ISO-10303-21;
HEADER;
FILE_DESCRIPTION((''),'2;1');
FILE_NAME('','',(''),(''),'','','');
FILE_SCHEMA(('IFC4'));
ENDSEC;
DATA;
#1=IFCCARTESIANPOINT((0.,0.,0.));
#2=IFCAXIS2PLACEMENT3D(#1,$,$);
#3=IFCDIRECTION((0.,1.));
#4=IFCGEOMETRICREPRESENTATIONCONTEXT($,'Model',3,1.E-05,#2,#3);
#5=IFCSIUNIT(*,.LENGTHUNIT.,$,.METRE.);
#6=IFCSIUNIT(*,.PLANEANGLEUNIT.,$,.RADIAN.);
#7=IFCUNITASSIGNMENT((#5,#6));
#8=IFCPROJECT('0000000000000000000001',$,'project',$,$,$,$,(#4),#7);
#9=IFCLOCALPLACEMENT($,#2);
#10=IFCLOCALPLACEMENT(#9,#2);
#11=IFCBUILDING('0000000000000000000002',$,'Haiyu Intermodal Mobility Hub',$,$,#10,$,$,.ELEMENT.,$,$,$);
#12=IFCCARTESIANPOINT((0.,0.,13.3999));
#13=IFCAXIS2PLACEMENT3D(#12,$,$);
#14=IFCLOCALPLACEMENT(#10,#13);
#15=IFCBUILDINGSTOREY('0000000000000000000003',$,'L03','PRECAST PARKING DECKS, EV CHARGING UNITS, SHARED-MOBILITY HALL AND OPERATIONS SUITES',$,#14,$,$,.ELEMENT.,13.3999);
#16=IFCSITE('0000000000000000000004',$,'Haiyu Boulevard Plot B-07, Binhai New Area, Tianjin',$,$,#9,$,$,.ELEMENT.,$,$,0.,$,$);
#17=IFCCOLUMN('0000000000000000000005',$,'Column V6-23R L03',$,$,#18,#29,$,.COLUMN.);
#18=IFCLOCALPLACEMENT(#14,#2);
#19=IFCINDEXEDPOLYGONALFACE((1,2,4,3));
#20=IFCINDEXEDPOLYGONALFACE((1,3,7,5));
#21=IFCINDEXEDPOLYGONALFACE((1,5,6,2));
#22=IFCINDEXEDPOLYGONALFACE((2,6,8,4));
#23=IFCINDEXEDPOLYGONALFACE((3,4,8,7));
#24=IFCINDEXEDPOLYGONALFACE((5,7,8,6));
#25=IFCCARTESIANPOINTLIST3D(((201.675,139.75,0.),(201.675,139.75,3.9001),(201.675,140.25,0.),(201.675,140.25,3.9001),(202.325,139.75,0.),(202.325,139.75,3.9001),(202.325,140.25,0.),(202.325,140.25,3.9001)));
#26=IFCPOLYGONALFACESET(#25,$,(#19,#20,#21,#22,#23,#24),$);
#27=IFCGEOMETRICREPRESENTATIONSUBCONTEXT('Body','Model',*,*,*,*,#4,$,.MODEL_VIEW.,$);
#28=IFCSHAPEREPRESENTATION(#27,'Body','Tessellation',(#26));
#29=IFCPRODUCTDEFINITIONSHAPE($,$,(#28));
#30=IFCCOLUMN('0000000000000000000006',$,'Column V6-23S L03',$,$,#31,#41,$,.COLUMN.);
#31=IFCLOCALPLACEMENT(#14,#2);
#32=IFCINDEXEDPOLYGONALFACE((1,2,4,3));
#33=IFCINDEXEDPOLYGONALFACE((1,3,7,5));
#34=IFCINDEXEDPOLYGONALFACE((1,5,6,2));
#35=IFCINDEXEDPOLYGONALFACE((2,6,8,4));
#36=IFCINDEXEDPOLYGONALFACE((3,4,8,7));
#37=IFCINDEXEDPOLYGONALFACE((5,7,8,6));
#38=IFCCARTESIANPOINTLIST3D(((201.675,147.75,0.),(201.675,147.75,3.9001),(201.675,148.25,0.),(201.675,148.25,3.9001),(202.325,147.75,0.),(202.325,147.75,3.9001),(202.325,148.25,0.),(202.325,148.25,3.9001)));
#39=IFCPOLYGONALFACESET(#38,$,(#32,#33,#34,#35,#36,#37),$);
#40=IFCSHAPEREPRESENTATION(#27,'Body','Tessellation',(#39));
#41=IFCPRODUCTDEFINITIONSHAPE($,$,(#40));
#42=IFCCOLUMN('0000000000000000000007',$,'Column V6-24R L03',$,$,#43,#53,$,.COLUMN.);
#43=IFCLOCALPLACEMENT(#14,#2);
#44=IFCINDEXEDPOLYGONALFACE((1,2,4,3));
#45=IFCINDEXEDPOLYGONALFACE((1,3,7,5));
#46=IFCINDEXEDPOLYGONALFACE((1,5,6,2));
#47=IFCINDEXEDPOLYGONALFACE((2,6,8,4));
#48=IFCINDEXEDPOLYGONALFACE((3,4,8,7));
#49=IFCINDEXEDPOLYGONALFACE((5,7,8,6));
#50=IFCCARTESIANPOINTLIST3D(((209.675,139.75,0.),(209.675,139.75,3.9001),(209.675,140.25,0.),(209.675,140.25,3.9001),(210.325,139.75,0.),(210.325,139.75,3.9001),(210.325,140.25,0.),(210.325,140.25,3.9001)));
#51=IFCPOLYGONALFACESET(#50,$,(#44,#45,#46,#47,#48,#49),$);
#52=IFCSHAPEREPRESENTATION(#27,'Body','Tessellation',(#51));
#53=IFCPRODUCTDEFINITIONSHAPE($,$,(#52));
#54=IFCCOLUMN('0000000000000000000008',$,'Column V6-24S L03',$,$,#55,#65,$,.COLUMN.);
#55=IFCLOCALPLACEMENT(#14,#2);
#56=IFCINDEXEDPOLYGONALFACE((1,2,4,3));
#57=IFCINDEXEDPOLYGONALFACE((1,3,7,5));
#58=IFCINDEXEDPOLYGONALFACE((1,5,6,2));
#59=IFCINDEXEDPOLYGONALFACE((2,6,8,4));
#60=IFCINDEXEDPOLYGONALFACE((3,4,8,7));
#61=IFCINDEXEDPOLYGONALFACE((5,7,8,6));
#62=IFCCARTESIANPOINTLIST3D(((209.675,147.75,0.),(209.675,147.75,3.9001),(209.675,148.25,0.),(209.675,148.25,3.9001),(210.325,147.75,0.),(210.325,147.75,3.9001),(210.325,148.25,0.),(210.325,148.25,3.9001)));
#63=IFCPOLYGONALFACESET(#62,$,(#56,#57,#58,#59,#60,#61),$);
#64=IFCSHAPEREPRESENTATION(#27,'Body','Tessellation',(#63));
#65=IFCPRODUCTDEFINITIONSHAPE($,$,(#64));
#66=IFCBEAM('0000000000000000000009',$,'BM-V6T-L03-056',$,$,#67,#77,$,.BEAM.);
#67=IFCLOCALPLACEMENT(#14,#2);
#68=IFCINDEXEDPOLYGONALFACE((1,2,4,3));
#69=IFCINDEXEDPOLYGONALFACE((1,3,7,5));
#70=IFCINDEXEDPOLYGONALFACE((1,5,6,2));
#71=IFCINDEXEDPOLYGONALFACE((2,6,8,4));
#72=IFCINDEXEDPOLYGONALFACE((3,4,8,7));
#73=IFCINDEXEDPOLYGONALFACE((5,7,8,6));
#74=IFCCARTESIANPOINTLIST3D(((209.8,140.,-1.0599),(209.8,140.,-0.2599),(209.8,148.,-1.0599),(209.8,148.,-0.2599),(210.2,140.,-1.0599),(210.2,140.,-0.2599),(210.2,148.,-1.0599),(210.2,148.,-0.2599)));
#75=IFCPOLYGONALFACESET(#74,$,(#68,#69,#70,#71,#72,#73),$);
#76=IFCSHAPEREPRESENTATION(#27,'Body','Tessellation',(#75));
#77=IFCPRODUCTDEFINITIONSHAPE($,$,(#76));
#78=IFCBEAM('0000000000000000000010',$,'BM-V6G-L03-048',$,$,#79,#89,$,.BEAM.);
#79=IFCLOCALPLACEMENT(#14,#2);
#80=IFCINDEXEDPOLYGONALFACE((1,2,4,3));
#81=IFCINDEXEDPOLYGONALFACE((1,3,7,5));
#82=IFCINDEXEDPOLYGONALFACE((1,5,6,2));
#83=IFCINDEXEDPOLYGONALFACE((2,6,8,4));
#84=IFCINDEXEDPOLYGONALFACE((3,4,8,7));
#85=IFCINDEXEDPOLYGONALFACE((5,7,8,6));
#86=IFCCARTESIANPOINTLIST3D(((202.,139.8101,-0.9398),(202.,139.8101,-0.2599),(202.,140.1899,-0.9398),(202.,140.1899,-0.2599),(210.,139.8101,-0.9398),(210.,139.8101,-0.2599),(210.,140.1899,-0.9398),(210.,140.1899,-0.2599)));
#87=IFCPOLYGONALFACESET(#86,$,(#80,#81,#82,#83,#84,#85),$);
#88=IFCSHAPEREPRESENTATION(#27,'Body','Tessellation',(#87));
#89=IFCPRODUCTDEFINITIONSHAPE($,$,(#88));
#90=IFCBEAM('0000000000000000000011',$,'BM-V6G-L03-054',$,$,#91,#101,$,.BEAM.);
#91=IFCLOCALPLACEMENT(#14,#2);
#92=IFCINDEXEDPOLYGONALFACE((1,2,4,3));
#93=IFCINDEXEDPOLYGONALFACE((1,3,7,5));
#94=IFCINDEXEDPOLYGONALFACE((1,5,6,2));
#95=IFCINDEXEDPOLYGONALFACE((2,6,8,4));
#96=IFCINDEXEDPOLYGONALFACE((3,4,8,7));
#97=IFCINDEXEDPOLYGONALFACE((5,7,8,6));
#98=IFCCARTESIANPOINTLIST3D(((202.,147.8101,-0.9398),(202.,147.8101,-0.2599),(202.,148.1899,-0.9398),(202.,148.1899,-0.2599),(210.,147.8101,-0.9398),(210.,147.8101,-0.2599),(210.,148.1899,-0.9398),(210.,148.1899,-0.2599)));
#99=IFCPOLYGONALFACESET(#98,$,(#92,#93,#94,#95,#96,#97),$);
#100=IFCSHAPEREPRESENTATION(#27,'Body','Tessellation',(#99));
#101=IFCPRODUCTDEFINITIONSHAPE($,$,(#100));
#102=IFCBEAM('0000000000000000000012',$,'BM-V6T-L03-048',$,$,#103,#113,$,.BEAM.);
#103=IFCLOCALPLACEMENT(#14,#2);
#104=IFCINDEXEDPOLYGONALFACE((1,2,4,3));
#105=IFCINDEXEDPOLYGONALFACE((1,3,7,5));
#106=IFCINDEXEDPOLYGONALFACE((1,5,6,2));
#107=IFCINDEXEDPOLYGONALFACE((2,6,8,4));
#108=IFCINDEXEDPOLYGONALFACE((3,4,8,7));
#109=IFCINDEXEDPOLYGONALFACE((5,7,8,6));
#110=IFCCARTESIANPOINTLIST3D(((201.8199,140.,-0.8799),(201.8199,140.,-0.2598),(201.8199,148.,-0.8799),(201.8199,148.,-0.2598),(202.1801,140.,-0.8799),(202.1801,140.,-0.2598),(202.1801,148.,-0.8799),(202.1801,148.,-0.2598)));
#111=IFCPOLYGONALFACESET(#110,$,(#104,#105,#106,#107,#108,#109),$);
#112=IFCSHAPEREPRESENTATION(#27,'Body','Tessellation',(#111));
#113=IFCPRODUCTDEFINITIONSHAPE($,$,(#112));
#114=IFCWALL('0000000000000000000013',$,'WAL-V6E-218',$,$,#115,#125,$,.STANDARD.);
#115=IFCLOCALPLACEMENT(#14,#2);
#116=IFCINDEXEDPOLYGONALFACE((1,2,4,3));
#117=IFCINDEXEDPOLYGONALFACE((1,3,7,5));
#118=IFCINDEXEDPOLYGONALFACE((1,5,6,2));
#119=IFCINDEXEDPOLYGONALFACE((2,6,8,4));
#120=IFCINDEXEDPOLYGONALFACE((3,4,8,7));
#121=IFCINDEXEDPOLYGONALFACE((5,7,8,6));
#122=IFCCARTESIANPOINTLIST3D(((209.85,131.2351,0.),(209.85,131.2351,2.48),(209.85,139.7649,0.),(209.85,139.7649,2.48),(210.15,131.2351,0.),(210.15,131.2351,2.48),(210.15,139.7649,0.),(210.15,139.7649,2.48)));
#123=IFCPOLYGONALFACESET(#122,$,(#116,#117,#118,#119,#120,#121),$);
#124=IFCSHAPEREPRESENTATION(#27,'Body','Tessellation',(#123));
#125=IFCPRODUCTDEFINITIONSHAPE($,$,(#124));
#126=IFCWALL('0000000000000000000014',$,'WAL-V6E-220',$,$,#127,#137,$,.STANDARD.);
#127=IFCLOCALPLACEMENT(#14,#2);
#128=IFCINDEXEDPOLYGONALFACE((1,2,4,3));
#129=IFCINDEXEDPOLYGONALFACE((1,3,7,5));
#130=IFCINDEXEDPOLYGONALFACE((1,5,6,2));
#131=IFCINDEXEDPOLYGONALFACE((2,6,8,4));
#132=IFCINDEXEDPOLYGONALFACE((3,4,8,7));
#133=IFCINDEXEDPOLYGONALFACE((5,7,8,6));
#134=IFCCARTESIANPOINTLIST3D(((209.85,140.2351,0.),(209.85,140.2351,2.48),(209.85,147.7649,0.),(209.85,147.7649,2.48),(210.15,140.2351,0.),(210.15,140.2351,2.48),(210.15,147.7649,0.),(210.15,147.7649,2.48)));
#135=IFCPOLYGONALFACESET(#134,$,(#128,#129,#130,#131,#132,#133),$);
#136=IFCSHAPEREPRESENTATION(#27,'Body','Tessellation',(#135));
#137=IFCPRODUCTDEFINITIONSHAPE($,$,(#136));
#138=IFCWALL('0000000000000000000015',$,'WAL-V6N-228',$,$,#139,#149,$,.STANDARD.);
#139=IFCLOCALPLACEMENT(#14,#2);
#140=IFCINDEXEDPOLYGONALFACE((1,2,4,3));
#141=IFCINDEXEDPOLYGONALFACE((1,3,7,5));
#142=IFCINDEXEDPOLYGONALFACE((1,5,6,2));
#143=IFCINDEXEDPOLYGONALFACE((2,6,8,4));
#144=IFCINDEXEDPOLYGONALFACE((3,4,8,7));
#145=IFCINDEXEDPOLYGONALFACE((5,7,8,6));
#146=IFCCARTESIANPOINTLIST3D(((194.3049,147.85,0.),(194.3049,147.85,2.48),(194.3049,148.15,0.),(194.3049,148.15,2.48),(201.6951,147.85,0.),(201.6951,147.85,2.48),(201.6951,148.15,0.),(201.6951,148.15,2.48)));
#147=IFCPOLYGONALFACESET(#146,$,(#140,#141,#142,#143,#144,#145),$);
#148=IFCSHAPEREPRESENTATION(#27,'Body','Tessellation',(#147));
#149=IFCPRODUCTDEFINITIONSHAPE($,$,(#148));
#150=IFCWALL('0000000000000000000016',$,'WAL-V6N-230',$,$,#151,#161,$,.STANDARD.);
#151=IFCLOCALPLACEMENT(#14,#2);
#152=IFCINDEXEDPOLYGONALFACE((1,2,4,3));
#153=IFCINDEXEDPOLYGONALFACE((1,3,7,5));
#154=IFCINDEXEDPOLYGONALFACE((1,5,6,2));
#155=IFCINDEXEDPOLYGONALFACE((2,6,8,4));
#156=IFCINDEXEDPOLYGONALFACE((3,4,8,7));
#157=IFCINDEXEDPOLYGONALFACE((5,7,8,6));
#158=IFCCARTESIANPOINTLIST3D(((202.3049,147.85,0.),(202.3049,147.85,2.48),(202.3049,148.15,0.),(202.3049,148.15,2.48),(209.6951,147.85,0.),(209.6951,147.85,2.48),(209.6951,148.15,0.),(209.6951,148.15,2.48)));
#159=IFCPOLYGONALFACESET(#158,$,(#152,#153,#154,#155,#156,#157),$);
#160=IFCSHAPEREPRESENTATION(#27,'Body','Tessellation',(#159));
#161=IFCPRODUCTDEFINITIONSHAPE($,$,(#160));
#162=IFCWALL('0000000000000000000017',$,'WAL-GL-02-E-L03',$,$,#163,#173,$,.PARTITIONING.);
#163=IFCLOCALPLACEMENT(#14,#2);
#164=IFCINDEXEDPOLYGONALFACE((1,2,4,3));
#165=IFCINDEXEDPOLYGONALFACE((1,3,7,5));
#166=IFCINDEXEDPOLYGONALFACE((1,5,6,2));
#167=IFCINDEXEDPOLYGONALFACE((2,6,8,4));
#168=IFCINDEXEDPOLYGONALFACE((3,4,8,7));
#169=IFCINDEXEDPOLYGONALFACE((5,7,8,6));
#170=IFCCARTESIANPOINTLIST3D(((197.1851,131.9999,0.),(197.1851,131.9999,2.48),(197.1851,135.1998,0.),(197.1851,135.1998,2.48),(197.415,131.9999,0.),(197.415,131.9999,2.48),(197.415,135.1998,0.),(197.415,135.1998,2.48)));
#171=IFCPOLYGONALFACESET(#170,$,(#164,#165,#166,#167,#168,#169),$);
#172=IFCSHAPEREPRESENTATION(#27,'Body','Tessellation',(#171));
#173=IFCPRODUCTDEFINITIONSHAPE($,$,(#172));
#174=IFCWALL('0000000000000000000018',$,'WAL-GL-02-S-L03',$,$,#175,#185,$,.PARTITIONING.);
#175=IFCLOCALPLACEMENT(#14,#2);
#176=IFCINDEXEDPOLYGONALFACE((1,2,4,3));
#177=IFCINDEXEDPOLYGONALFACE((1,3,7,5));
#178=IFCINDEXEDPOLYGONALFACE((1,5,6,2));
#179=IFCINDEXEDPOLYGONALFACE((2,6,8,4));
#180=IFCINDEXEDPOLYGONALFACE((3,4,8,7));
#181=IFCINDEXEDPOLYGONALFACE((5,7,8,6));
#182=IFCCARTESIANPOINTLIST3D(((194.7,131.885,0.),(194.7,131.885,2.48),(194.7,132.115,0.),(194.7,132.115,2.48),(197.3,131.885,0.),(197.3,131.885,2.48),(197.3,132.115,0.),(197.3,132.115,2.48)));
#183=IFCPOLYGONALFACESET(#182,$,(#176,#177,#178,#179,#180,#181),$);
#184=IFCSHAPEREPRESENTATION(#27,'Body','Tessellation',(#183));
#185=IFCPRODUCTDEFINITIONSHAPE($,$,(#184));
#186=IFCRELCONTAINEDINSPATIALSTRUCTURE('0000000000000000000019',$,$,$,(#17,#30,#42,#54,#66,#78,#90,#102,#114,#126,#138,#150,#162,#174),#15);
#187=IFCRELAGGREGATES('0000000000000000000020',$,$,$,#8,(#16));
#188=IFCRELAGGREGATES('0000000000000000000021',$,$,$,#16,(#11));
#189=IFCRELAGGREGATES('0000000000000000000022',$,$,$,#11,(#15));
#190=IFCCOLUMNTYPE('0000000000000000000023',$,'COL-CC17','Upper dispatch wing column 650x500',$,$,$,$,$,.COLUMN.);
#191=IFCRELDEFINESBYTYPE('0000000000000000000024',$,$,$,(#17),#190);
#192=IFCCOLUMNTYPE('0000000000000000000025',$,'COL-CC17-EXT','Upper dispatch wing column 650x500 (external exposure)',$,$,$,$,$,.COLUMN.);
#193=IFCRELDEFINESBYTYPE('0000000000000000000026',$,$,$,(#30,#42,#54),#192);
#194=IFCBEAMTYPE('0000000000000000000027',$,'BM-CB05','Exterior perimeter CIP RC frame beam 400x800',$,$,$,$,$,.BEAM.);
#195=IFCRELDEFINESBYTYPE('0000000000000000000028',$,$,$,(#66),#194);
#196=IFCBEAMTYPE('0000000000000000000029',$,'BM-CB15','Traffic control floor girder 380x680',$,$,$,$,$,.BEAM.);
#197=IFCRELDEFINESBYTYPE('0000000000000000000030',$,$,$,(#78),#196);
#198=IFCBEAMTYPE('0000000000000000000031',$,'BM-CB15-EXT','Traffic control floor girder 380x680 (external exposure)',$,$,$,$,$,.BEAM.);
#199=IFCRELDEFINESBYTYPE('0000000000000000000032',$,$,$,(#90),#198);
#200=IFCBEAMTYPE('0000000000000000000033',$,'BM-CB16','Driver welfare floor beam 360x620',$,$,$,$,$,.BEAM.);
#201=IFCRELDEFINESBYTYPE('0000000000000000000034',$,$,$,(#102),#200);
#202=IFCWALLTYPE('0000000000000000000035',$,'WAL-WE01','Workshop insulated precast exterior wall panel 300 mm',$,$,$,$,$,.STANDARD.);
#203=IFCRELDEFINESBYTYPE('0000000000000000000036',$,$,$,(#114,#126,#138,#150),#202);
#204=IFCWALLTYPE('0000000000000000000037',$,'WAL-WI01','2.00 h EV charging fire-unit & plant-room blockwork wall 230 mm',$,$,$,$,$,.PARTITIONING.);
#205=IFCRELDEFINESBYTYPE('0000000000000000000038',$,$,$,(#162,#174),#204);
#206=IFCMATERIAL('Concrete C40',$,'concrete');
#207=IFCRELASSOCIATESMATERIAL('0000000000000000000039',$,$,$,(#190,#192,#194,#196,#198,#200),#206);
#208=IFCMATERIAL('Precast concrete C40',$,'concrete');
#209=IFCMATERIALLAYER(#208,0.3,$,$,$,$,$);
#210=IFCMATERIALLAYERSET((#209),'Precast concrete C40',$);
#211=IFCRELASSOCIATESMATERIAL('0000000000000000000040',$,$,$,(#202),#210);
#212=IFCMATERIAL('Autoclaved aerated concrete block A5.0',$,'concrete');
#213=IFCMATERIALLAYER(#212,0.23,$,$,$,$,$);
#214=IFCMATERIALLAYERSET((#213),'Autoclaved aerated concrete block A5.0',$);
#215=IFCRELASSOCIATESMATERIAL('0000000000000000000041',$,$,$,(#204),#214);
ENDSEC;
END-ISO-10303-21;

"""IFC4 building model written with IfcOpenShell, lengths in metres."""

from ifc_helpers import new_model, si_unit, direction, frame, frame_2d, origin, origin_2d, place, context, subcontext, project, spatial, rectangle, extrude, material, layer, layer_set, material_profile, profile_set, type_object, element, save


model = new_model("IFC4")

# Units and contexts
model_context = context("Model", 3, precision=1e-05, world=origin(), true_north=direction((0.0, 1.0)))
body_context = subcontext(model_context, "Body", "Model", "MODEL_VIEW")
ifc_project = project(units=[si_unit("LENGTHUNIT", "METRE"), si_unit("PLANEANGLEUNIT", "RADIAN")], contexts=[model_context])

# Site, building, storey
site_placement = place(None, origin())
site = spatial("IfcSite", under=ifc_project, at=site_placement, Name="Haiyu Boulevard Plot B-07, Binhai New Area, Tianjin", CompositionType="ELEMENT", RefElevation=0.0)
building_placement = place(site_placement, origin())
building = spatial("IfcBuilding", under=site, at=building_placement, Name="Haiyu Intermodal Mobility Hub", CompositionType="ELEMENT")
storey_placement = place(building_placement, frame((0.0, 0.0, 13.3999)))
storey = spatial("IfcBuildingStorey", under=building, at=storey_placement, Name="L03", Description="PRECAST PARKING DECKS, EV CHARGING UNITS, SHARED-MOBILITY HALL AND OPERATIONS SUITES", CompositionType="ELEMENT", Elevation=13.3999)

# Columns
ifc_material_1 = material(Name="Concrete C40", Category="concrete")
ifc_material_profile_1 = material_profile(ifc_material_1, rectangle(XDim=0.6499, YDim=0.5, at=origin_2d()), Name="C650x500")
ifc_profile_set_1 = profile_set([ifc_material_profile_1], Name="Concrete C40")
column_type_1 = type_object("IfcColumnType", Name="COL-CC17", Description="Upper dispatch wing column 650x500", PredefinedType="COLUMN", material=ifc_profile_set_1)
column_placement = place(storey_placement, frame((202.0, 140.0, 0.0), z_axis=(0.0, 0.0, 1.0), x_axis=(1.0, 0.0, 0.0)))
element("IfcColumn", 1, at=column_placement, inside=storey, type_object=column_type_1, Name="Column V6-23R L03", PredefinedType="COLUMN", context=body_context, shape_type="SweptSolid", body=[
    extrude(rectangle(XDim=0.6499, YDim=0.5, at=origin_2d()), origin(), (0.0, 0.0, 1.0), 3.9001),
])
ifc_material_profile_2 = material_profile(ifc_material_1, rectangle(XDim=0.6499, YDim=0.5, at=origin_2d()), Name="C650x500")
ifc_profile_set_2 = profile_set([ifc_material_profile_2], Name="Concrete C40")
column_type_2 = type_object("IfcColumnType", Name="COL-CC17-EXT", Description="Upper dispatch wing column 650x500 (external exposure)", PredefinedType="COLUMN", material=ifc_profile_set_2)
for number, where, z_axis, x_axis, name in (
    (2, (202.0, 148.0, 0.0), (0.0, 0.0, 1.0), (1.0, 0.0, 0.0), "Column V6-23S L03"),
    (3, (210.0, 140.0, 0.0), (0.0, 0.0, 1.0), (1.0, 0.0, 0.0), "Column V6-24R L03"),
    (4, (210.0, 148.0, 0.0), (0.0, 0.0, 1.0), (1.0, 0.0, 0.0), "Column V6-24S L03"),
):
    element("IfcColumn", number, at=place(storey_placement, frame(where, z_axis=z_axis, x_axis=x_axis)), inside=storey, type_object=column_type_2, Name=name, PredefinedType="COLUMN", context=body_context, shape_type="SweptSolid", body=[
        extrude(rectangle(XDim=0.6499, YDim=0.5, at=origin_2d()), origin(), (0.0, 0.0, 1.0), 3.9001),
    ])

# Beams
ifc_material_profile_3 = material_profile(ifc_material_1, rectangle(XDim=0.3999, YDim=0.8, at=origin_2d()), Name="RCB400x800")
ifc_profile_set_3 = profile_set([ifc_material_profile_3], Name="Concrete C40")
beam_type_1 = type_object("IfcBeamType", Name="BM-CB05", Description="Exterior perimeter CIP RC frame beam 400x800", PredefinedType="BEAM", material=ifc_profile_set_3)
beam_1_placement = place(storey_placement, frame((210.0, 140.0, -0.6599), z_axis=(0.0, 1.0, 0.0), x_axis=(-1.0, 0.0, 0.0)))
element("IfcBeam", 5, at=beam_1_placement, inside=storey, type_object=beam_type_1, Name="BM-V6T-L03-056", PredefinedType="BEAM", context=body_context, shape_type="SweptSolid", body=[
    extrude(rectangle(XDim=0.3999, YDim=0.8, at=origin_2d()), origin(), (0.0, 0.0, 1.0), 8.0),
])
ifc_material_profile_4 = material_profile(ifc_material_1, rectangle(XDim=0.3799, YDim=0.6799, at=origin_2d()), Name="B380x680")
ifc_profile_set_4 = profile_set([ifc_material_profile_4], Name="Concrete C40")
beam_type_2 = type_object("IfcBeamType", Name="BM-CB15", Description="Traffic control floor girder 380x680", PredefinedType="BEAM", material=ifc_profile_set_4)
beam_2_placement = place(storey_placement, frame((202.0, 140.0, -0.5999), z_axis=(1.0, 0.0, 0.0), x_axis=(0.0, 1.0, 0.0)))
element("IfcBeam", 6, at=beam_2_placement, inside=storey, type_object=beam_type_2, Name="BM-V6G-L03-048", PredefinedType="BEAM", context=body_context, shape_type="SweptSolid", body=[
    extrude(rectangle(XDim=0.3799, YDim=0.6799, at=origin_2d()), origin(), (0.0, 0.0, 1.0), 8.0),
])
ifc_material_profile_5 = material_profile(ifc_material_1, rectangle(XDim=0.3799, YDim=0.6799, at=origin_2d()), Name="B380x680")
ifc_profile_set_5 = profile_set([ifc_material_profile_5], Name="Concrete C40")
beam_type_3 = type_object("IfcBeamType", Name="BM-CB15-EXT", Description="Traffic control floor girder 380x680 (external exposure)", PredefinedType="BEAM", material=ifc_profile_set_5)
beam_3_placement = place(storey_placement, frame((202.0, 148.0, -0.5999), z_axis=(1.0, 0.0, 0.0), x_axis=(0.0, 1.0, 0.0)))
element("IfcBeam", 7, at=beam_3_placement, inside=storey, type_object=beam_type_3, Name="BM-V6G-L03-054", PredefinedType="BEAM", context=body_context, shape_type="SweptSolid", body=[
    extrude(rectangle(XDim=0.3799, YDim=0.6799, at=origin_2d()), origin(), (0.0, 0.0, 1.0), 8.0),
])
ifc_material_profile_6 = material_profile(ifc_material_1, rectangle(XDim=0.3601, YDim=0.6201, at=origin_2d()), Name="B360x620")
ifc_profile_set_6 = profile_set([ifc_material_profile_6], Name="Concrete C40")
beam_type_4 = type_object("IfcBeamType", Name="BM-CB16", Description="Driver welfare floor beam 360x620", PredefinedType="BEAM", material=ifc_profile_set_6)
beam_4_placement = place(storey_placement, frame((202.0, 140.0, -0.5698), z_axis=(0.0, 1.0, 0.0), x_axis=(-1.0, 0.0, 0.0)))
element("IfcBeam", 8, at=beam_4_placement, inside=storey, type_object=beam_type_4, Name="BM-V6T-L03-048", PredefinedType="BEAM", context=body_context, shape_type="SweptSolid", body=[
    extrude(rectangle(XDim=0.3601, YDim=0.6201, at=origin_2d()), origin(), (0.0, 0.0, 1.0), 8.0),
])

# Walls
ifc_material_2 = material(Name="Precast concrete C40", Category="concrete")
ifc_layer_1 = layer(ifc_material_2, 0.3)
ifc_layer_set_1 = layer_set([ifc_layer_1], Name="Precast concrete C40")
wall_type_1 = type_object("IfcWallType", Name="WAL-WE01", Description="Workshop insulated precast exterior wall panel 300 mm", PredefinedType="STANDARD", material=ifc_layer_set_1)
wall_1_placement = place(storey_placement, frame((210.0, 131.2351, 0.0), z_axis=(0.0, 0.0, 1.0), x_axis=(0.0, 1.0, 0.0)))
element("IfcWall", 9, at=wall_1_placement, inside=storey, type_object=wall_type_1, Name="WAL-V6E-218", PredefinedType="STANDARD", context=body_context, shape_type="SweptSolid", body=[
    extrude(rectangle(XDim=8.5298, YDim=0.3, at=frame_2d((4.2649, 0.0))), origin(), (0.0, 0.0, 1.0), 2.48),
])
wall_2_placement = place(storey_placement, frame((210.0, 140.2351, 0.0), z_axis=(0.0, 0.0, 1.0), x_axis=(0.0, 1.0, 0.0)))
element("IfcWall", 10, at=wall_2_placement, inside=storey, type_object=wall_type_1, Name="WAL-V6E-220", PredefinedType="STANDARD", context=body_context, shape_type="SweptSolid", body=[
    extrude(rectangle(XDim=7.5298, YDim=0.3, at=frame_2d((3.7649, 0.0))), origin(), (0.0, 0.0, 1.0), 2.48),
])
for number, where, z_axis, x_axis, name in (
    (11, (201.6951, 148.0, 0.0), (0.0, 0.0, 1.0), (-1.0, 0.0, 0.0), "WAL-V6N-228"),
    (12, (209.6951, 148.0, 0.0), (0.0, 0.0, 1.0), (-1.0, 0.0, 0.0), "WAL-V6N-230"),
):
    element("IfcWall", number, at=place(storey_placement, frame(where, z_axis=z_axis, x_axis=x_axis)), inside=storey, type_object=wall_type_1, Name=name, PredefinedType="STANDARD", context=body_context, shape_type="SweptSolid", body=[
        extrude(rectangle(XDim=7.3901, YDim=0.3, at=frame_2d((3.6951, 0.0))), origin(), (0.0, 0.0, 1.0), 2.48),
    ])
ifc_material_3 = material(Name="Autoclaved aerated concrete block A5.0", Category="concrete")
ifc_layer_2 = layer(ifc_material_3, 0.23)
ifc_layer_set_2 = layer_set([ifc_layer_2], Name="Autoclaved aerated concrete block A5.0")
wall_type_2 = type_object("IfcWallType", Name="WAL-WI01", Description="2.00 h EV charging fire-unit & plant-room blockwork wall 230 mm", PredefinedType="PARTITIONING", material=ifc_layer_set_2)
wall_3_placement = place(storey_placement, frame((197.3, 135.2, 0.0), z_axis=(0.0, 0.0, 1.0), x_axis=(0.0, -1.0, 0.0)))
element("IfcWall", 13, at=wall_3_placement, inside=storey, type_object=wall_type_2, Name="WAL-GL-02-E-L03", PredefinedType="PARTITIONING", context=body_context, shape_type="SweptSolid", body=[
    extrude(rectangle(XDim=3.2, YDim=0.23, at=frame_2d((1.6001, 0.0))), origin(), (0.0, 0.0, 1.0), 2.48),
])
wall_4_placement = place(storey_placement, frame((197.3, 132.0, 0.0), z_axis=(0.0, 0.0, 1.0), x_axis=(-1.0, 0.0, 0.0)))
element("IfcWall", 14, at=wall_4_placement, inside=storey, type_object=wall_type_2, Name="WAL-GL-02-S-L03", PredefinedType="PARTITIONING", context=body_context, shape_type="SweptSolid", body=[
    extrude(rectangle(XDim=2.6001, YDim=0.23, at=frame_2d((1.3, 0.0))), origin(), (0.0, 0.0, 1.0), 2.48),
])

save(model, "model.ifc")
